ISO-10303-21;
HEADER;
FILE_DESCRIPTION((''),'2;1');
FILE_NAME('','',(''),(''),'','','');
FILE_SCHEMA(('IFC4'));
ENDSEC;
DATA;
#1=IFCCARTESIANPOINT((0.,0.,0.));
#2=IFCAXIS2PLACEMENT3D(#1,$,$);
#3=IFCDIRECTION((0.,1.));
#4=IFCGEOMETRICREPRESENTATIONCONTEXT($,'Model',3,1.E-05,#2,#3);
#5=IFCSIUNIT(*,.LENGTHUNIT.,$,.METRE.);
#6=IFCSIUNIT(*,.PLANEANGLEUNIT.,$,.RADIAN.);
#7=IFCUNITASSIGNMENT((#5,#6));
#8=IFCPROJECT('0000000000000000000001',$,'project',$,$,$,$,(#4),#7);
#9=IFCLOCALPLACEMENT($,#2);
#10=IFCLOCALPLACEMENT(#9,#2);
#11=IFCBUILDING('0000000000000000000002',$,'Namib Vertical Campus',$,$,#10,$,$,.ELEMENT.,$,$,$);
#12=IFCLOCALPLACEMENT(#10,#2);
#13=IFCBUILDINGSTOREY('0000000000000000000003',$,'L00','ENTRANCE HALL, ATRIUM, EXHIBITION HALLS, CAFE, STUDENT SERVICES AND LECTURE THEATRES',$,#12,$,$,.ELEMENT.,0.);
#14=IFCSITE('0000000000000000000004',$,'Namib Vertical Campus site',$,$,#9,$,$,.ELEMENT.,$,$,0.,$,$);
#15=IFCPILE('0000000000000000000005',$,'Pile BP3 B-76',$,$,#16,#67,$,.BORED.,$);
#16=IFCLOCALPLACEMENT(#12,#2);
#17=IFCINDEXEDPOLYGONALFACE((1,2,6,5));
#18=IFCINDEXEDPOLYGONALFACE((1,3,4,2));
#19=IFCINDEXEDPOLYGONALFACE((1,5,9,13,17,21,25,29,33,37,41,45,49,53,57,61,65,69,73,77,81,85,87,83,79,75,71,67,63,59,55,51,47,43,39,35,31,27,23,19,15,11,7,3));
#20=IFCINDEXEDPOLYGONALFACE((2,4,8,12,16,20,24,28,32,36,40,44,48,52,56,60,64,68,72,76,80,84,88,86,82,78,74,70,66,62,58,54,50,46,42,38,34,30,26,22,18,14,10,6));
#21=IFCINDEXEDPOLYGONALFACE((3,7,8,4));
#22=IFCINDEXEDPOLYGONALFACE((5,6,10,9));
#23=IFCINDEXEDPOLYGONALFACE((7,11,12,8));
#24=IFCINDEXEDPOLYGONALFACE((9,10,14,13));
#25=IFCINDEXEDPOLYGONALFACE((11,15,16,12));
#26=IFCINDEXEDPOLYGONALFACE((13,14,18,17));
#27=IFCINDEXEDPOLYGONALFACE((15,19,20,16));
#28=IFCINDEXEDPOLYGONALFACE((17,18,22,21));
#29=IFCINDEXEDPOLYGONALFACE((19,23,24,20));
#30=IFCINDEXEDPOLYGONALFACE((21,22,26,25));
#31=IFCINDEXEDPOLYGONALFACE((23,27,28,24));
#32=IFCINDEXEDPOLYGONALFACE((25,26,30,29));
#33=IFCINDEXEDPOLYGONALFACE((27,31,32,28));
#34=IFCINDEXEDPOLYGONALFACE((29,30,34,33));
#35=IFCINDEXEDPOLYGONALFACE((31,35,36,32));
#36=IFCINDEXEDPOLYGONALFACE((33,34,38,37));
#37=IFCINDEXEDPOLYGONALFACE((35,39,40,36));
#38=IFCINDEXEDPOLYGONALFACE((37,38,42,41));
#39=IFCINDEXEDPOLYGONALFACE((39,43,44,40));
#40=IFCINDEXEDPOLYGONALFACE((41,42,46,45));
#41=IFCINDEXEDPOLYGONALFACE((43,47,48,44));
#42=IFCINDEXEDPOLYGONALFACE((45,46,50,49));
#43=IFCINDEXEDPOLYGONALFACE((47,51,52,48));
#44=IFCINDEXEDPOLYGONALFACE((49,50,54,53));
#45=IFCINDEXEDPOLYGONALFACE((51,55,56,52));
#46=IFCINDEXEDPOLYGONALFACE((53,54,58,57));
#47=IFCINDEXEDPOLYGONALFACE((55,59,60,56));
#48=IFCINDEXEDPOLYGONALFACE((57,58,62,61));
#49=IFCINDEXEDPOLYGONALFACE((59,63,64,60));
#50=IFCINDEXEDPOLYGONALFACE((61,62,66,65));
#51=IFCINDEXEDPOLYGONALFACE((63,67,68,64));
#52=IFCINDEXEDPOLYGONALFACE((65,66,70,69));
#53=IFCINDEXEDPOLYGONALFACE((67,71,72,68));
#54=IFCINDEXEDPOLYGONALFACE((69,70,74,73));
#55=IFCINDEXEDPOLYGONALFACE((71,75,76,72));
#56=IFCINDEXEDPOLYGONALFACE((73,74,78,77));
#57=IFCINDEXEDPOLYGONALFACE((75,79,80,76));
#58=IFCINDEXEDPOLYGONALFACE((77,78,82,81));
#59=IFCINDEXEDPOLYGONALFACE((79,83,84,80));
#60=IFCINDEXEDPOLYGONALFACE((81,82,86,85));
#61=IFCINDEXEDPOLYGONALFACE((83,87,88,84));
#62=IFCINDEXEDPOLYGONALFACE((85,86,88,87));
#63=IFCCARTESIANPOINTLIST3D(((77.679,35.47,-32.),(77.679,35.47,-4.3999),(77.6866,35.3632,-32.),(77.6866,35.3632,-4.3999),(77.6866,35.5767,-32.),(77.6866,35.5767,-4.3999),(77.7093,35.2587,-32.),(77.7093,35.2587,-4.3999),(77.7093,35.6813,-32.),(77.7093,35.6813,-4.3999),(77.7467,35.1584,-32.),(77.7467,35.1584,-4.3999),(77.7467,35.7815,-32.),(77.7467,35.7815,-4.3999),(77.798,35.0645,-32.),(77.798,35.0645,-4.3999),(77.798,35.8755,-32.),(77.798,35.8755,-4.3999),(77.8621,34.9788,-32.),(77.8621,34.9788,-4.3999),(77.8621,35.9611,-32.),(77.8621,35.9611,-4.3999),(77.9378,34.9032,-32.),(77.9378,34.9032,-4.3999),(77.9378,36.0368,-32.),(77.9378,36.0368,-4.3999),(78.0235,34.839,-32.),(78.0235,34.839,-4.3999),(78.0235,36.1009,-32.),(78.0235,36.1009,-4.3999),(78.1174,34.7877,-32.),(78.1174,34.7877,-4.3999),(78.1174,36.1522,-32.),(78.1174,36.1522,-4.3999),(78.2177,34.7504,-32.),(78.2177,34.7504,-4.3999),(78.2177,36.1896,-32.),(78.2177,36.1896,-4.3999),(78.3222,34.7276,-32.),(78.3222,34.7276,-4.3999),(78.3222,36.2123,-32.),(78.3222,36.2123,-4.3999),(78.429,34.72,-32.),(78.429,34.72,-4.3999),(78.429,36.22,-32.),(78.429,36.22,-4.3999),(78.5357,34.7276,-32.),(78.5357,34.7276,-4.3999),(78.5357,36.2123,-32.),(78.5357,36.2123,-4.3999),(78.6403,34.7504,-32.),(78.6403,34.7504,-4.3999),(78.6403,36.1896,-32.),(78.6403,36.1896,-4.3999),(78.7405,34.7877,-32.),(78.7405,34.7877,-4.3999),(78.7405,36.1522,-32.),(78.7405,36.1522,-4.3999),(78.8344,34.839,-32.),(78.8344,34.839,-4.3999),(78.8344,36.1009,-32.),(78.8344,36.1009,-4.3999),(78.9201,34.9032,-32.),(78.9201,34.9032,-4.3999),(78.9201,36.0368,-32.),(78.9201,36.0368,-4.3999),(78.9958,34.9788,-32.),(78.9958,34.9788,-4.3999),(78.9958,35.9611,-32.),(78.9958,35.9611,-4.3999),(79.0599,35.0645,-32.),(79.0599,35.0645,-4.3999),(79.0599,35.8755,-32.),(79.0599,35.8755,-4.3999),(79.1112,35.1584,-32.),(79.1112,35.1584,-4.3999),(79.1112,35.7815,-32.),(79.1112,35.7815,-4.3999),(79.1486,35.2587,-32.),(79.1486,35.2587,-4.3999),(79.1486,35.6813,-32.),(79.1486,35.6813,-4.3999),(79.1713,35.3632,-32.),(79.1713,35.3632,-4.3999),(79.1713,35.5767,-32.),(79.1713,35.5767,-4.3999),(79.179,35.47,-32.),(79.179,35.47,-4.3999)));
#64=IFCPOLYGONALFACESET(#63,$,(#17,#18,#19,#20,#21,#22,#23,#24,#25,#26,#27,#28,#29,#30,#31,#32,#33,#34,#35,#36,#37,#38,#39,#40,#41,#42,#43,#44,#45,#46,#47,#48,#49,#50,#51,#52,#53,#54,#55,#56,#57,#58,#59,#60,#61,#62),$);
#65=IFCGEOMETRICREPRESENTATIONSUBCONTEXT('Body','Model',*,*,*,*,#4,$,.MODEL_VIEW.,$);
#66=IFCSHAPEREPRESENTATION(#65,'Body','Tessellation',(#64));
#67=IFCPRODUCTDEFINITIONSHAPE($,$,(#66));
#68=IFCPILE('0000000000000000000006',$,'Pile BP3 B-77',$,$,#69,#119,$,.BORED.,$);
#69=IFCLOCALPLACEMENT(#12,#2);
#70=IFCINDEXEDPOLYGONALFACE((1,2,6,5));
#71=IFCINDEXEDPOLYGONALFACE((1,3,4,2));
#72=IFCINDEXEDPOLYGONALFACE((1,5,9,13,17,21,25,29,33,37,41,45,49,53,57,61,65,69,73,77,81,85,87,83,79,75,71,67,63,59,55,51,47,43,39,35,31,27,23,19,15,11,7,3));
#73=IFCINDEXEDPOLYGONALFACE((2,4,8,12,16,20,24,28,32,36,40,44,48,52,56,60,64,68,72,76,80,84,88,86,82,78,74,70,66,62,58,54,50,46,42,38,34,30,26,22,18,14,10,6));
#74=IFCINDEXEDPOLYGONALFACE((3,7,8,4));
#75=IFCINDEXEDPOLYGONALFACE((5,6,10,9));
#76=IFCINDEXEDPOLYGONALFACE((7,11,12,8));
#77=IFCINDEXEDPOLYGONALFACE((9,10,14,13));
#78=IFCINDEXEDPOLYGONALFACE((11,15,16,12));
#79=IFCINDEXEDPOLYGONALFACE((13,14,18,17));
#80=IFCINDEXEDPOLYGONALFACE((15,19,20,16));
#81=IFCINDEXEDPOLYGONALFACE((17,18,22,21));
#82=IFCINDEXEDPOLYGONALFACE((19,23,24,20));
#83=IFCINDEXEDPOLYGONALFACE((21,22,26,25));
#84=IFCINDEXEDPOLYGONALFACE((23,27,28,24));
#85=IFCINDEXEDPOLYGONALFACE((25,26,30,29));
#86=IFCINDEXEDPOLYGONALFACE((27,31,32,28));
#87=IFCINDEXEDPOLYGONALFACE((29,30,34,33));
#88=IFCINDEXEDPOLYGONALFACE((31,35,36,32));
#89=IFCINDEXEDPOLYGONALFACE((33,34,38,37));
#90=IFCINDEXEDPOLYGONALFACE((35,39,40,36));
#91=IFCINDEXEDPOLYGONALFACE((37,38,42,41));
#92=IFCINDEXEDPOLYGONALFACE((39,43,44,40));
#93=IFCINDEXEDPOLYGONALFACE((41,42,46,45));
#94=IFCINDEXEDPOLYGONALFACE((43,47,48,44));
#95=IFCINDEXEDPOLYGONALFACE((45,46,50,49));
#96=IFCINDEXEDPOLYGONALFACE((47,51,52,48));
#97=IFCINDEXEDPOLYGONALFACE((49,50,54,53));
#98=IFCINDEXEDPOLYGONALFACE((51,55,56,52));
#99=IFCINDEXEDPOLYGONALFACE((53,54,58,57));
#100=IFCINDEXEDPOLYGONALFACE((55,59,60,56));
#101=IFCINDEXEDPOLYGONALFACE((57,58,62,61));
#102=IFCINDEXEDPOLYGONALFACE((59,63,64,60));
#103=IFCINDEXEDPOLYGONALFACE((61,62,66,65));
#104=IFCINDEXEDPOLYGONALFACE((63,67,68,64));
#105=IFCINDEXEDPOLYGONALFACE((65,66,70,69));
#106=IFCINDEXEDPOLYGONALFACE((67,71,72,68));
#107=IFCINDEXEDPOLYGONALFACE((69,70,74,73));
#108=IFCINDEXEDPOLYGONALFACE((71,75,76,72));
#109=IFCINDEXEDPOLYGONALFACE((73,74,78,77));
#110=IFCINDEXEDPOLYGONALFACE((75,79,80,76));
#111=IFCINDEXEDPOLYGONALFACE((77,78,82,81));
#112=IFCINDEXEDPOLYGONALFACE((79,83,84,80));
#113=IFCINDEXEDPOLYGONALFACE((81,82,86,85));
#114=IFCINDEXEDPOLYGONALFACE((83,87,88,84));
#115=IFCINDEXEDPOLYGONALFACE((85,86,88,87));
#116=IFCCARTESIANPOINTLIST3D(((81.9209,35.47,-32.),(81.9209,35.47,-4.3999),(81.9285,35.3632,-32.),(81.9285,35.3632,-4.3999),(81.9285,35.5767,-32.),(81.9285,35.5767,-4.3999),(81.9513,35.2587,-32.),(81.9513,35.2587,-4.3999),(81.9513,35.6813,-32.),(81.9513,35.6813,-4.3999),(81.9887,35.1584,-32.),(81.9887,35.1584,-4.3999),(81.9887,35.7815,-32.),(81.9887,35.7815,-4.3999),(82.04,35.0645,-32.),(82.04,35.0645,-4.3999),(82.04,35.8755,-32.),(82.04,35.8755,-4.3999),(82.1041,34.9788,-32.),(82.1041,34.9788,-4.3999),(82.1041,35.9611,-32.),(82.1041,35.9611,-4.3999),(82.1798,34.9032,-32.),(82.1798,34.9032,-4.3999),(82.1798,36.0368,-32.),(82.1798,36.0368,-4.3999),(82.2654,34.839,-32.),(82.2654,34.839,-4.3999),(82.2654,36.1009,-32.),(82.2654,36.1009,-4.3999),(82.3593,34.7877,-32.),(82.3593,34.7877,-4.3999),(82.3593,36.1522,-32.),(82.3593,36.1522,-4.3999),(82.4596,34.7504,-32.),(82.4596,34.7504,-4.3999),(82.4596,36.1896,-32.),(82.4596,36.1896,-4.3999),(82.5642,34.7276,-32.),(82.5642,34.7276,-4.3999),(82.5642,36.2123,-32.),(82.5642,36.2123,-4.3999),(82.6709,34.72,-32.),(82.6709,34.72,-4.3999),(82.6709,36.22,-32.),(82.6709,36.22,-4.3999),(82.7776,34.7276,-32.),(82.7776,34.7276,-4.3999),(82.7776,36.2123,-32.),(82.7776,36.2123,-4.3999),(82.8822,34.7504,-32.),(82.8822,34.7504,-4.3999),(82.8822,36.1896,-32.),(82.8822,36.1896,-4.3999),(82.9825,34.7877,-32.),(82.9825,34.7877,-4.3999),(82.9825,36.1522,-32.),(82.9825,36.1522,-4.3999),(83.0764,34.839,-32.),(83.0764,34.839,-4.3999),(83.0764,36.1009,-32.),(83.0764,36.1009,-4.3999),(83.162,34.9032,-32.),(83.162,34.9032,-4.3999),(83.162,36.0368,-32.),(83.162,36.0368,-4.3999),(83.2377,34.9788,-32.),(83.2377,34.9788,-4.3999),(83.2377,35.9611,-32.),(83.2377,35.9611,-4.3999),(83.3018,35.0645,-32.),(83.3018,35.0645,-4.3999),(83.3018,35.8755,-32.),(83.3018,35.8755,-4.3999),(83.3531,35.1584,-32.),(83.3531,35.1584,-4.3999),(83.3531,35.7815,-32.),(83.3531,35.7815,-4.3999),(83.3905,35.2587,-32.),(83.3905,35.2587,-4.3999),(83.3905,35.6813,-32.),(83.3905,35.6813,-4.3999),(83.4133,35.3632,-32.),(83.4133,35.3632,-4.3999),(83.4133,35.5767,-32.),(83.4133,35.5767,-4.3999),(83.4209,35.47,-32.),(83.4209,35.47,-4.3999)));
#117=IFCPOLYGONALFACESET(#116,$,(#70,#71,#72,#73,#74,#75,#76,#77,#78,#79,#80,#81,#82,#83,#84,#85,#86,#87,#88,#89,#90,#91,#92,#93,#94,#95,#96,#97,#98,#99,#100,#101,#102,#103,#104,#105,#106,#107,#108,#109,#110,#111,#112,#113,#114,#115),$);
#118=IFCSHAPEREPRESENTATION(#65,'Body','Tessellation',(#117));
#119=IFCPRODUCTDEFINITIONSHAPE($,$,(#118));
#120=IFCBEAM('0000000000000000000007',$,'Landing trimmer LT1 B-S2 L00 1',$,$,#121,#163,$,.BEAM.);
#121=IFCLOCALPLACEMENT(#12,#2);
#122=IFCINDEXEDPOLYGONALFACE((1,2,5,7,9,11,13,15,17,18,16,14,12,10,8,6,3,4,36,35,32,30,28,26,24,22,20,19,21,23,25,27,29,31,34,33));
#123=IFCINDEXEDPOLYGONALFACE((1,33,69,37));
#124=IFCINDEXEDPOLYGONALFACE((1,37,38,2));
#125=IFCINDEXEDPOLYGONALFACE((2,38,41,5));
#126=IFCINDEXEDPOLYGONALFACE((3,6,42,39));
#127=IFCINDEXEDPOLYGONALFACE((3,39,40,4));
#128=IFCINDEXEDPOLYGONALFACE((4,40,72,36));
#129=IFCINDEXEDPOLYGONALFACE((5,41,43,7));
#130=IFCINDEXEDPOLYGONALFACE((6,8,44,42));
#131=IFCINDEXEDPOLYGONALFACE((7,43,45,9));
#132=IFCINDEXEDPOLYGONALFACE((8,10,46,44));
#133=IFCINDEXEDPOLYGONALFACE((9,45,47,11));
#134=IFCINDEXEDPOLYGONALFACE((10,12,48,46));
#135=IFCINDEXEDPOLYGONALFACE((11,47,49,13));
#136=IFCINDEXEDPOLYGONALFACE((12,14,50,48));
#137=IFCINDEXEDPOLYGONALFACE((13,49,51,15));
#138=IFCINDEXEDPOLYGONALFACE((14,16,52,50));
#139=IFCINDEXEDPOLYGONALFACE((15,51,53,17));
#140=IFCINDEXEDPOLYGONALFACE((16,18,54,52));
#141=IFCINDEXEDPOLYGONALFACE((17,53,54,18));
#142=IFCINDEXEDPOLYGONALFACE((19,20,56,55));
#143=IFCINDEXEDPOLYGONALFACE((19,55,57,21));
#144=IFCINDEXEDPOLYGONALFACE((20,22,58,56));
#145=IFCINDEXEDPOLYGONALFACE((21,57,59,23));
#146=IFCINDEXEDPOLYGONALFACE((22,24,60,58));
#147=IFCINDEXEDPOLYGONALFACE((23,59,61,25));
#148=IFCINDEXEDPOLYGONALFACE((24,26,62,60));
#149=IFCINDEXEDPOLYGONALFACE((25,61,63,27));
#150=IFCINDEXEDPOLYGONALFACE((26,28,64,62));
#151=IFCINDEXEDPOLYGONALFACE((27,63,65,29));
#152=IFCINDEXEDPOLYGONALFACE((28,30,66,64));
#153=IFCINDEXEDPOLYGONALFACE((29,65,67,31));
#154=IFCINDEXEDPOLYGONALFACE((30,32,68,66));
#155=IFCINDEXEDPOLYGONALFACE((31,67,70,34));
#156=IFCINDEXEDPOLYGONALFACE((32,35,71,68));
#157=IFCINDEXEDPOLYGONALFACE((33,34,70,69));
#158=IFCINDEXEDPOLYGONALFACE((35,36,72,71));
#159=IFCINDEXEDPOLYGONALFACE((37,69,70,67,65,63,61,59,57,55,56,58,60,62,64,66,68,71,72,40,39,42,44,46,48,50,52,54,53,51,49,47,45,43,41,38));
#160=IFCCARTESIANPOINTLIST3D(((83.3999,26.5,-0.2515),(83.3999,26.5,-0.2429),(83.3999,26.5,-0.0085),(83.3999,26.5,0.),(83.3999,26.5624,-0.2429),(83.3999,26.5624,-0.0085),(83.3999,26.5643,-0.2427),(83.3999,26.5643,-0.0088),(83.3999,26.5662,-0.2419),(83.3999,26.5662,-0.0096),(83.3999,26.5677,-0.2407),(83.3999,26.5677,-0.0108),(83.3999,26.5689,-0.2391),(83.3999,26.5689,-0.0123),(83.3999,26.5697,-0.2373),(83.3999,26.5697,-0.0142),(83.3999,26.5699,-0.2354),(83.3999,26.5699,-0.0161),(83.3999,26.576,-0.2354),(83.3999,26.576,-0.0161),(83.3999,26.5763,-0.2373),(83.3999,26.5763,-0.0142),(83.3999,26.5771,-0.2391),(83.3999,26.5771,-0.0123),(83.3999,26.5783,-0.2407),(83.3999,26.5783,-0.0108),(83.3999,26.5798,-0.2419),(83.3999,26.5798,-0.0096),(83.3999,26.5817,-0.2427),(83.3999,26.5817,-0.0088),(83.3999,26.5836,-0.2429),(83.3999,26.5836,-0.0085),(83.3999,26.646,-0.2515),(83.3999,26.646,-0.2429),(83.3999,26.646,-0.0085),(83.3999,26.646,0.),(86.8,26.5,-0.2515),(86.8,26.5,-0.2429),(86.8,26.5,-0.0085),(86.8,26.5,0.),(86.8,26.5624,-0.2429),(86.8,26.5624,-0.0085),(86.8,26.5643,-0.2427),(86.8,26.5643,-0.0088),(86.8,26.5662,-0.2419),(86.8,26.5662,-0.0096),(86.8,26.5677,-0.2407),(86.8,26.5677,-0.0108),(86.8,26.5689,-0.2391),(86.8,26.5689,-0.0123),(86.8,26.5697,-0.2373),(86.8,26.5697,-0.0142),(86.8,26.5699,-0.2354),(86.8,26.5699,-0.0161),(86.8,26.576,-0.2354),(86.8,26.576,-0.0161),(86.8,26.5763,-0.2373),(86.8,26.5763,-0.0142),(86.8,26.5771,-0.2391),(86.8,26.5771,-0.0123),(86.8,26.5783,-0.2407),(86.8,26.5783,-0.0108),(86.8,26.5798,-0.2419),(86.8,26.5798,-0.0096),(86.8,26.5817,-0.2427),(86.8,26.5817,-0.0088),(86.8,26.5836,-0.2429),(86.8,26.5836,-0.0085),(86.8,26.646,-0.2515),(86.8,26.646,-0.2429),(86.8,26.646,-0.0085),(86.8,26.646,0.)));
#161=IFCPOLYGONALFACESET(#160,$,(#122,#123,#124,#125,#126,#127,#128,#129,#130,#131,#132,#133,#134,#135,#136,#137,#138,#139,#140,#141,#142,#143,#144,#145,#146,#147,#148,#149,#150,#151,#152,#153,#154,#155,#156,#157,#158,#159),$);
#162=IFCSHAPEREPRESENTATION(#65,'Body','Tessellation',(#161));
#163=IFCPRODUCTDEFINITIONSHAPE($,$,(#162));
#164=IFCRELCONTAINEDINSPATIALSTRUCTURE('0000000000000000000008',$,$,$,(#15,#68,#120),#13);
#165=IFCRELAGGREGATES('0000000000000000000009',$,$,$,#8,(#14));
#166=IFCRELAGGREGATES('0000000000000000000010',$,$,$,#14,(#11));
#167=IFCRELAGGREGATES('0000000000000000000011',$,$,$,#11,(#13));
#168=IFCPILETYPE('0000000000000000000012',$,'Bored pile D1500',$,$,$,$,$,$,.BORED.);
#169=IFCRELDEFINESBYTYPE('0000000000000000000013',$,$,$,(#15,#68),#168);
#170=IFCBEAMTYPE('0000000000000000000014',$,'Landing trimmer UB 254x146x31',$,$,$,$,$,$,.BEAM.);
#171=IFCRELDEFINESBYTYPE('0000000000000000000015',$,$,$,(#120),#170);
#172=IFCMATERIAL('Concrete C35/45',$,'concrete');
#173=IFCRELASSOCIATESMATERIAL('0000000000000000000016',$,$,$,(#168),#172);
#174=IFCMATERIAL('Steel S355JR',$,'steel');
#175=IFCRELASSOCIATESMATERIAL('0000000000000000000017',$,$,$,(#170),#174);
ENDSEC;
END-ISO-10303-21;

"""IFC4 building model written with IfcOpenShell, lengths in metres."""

from ifc_helpers import new_model, si_unit, direction, frame, origin, origin_2d, place, context, subcontext, project, spatial, circle, i_section, extrude, material, material_profile, profile_set, type_object, element, save


model = new_model("IFC4")

# Units and contexts
model_context = context("Model", 3, precision=1e-05, world=origin(), true_north=direction((0.0, 1.0)))
body_context = subcontext(model_context, "Body", "Model", "MODEL_VIEW")
ifc_project = project(units=[si_unit("LENGTHUNIT", "METRE"), si_unit("PLANEANGLEUNIT", "RADIAN")], contexts=[model_context])

# Site, building, storey
site_placement = place(None, origin())
site = spatial("IfcSite", under=ifc_project, at=site_placement, Name="Namib Vertical Campus site", CompositionType="ELEMENT", RefElevation=0.0)
building_placement = place(site_placement, origin())
building = spatial("IfcBuilding", under=site, at=building_placement, Name="Namib Vertical Campus", CompositionType="ELEMENT")
storey_placement = place(building_placement, origin())
storey = spatial("IfcBuildingStorey", under=building, at=storey_placement, Name="L00", Description="ENTRANCE HALL, ATRIUM, EXHIBITION HALLS, CAFE, STUDENT SERVICES AND LECTURE THEATRES", CompositionType="ELEMENT", Elevation=0.0)

# Piles
ifc_material_1 = material(Name="Concrete C35/45", Category="concrete")
ifc_material_profile_1 = material_profile(ifc_material_1, circle(Radius=0.75, at=origin_2d()))
ifc_profile_set_1 = profile_set([ifc_material_profile_1], Name="Concrete C35/45")
pile_type = type_object("IfcPileType", Name="Bored pile D1500", PredefinedType="BORED", material=ifc_profile_set_1)
for number, where, z_axis, x_axis, name in (
    (1, (78.429, 35.47, -4.3999), (0.0, 0.0, -1.0), (1.0, 0.0, 0.0), "Pile BP3 B-76"),
    (2, (82.6709, 35.47, -4.3999), (0.0, 0.0, -1.0), (1.0, 0.0, 0.0), "Pile BP3 B-77"),
):
    element("IfcPile", number, at=place(storey_placement, frame(where, z_axis=z_axis, x_axis=x_axis)), inside=storey, type_object=pile_type, Name=name, PredefinedType="BORED", context=body_context, shape_type="SweptSolid", body=[
        extrude(circle(Radius=0.75, at=origin_2d()), origin(), (0.0, 0.0, 1.0), 27.6001),
    ])

# Beam
ifc_material_2 = material(Name="Steel S355JR", Category="steel")
ifc_material_profile_2 = material_profile(ifc_material_2, i_section(OverallWidth=0.146, OverallDepth=0.2515, WebThickness=0.0061, FlangeThickness=0.0085, FilletRadius=0.0076, at=origin_2d()))
ifc_profile_set_2 = profile_set([ifc_material_profile_2], Name="Steel S355JR")
beam_type = type_object("IfcBeamType", Name="Landing trimmer UB 254x146x31", PredefinedType="BEAM", material=ifc_profile_set_2)
for number, where, z_axis, x_axis, name in (
    (3, (83.3999, 26.573, -0.1257), (1.0, 0.0, 0.0), (0.0, 1.0, 0.0), "Landing trimmer LT1 B-S2 L00 1"),
):
    element("IfcBeam", number, at=place(storey_placement, frame(where, z_axis=z_axis, x_axis=x_axis)), inside=storey, type_object=beam_type, Name=name, PredefinedType="BEAM", context=body_context, shape_type="SweptSolid", body=[
        extrude(i_section(OverallWidth=0.146, OverallDepth=0.2515, WebThickness=0.0061, FlangeThickness=0.0085, FilletRadius=0.0076, at=origin_2d()), origin(), (0.0, 0.0, 1.0), 3.4001),
    ])

save(model, "model.ifc")
